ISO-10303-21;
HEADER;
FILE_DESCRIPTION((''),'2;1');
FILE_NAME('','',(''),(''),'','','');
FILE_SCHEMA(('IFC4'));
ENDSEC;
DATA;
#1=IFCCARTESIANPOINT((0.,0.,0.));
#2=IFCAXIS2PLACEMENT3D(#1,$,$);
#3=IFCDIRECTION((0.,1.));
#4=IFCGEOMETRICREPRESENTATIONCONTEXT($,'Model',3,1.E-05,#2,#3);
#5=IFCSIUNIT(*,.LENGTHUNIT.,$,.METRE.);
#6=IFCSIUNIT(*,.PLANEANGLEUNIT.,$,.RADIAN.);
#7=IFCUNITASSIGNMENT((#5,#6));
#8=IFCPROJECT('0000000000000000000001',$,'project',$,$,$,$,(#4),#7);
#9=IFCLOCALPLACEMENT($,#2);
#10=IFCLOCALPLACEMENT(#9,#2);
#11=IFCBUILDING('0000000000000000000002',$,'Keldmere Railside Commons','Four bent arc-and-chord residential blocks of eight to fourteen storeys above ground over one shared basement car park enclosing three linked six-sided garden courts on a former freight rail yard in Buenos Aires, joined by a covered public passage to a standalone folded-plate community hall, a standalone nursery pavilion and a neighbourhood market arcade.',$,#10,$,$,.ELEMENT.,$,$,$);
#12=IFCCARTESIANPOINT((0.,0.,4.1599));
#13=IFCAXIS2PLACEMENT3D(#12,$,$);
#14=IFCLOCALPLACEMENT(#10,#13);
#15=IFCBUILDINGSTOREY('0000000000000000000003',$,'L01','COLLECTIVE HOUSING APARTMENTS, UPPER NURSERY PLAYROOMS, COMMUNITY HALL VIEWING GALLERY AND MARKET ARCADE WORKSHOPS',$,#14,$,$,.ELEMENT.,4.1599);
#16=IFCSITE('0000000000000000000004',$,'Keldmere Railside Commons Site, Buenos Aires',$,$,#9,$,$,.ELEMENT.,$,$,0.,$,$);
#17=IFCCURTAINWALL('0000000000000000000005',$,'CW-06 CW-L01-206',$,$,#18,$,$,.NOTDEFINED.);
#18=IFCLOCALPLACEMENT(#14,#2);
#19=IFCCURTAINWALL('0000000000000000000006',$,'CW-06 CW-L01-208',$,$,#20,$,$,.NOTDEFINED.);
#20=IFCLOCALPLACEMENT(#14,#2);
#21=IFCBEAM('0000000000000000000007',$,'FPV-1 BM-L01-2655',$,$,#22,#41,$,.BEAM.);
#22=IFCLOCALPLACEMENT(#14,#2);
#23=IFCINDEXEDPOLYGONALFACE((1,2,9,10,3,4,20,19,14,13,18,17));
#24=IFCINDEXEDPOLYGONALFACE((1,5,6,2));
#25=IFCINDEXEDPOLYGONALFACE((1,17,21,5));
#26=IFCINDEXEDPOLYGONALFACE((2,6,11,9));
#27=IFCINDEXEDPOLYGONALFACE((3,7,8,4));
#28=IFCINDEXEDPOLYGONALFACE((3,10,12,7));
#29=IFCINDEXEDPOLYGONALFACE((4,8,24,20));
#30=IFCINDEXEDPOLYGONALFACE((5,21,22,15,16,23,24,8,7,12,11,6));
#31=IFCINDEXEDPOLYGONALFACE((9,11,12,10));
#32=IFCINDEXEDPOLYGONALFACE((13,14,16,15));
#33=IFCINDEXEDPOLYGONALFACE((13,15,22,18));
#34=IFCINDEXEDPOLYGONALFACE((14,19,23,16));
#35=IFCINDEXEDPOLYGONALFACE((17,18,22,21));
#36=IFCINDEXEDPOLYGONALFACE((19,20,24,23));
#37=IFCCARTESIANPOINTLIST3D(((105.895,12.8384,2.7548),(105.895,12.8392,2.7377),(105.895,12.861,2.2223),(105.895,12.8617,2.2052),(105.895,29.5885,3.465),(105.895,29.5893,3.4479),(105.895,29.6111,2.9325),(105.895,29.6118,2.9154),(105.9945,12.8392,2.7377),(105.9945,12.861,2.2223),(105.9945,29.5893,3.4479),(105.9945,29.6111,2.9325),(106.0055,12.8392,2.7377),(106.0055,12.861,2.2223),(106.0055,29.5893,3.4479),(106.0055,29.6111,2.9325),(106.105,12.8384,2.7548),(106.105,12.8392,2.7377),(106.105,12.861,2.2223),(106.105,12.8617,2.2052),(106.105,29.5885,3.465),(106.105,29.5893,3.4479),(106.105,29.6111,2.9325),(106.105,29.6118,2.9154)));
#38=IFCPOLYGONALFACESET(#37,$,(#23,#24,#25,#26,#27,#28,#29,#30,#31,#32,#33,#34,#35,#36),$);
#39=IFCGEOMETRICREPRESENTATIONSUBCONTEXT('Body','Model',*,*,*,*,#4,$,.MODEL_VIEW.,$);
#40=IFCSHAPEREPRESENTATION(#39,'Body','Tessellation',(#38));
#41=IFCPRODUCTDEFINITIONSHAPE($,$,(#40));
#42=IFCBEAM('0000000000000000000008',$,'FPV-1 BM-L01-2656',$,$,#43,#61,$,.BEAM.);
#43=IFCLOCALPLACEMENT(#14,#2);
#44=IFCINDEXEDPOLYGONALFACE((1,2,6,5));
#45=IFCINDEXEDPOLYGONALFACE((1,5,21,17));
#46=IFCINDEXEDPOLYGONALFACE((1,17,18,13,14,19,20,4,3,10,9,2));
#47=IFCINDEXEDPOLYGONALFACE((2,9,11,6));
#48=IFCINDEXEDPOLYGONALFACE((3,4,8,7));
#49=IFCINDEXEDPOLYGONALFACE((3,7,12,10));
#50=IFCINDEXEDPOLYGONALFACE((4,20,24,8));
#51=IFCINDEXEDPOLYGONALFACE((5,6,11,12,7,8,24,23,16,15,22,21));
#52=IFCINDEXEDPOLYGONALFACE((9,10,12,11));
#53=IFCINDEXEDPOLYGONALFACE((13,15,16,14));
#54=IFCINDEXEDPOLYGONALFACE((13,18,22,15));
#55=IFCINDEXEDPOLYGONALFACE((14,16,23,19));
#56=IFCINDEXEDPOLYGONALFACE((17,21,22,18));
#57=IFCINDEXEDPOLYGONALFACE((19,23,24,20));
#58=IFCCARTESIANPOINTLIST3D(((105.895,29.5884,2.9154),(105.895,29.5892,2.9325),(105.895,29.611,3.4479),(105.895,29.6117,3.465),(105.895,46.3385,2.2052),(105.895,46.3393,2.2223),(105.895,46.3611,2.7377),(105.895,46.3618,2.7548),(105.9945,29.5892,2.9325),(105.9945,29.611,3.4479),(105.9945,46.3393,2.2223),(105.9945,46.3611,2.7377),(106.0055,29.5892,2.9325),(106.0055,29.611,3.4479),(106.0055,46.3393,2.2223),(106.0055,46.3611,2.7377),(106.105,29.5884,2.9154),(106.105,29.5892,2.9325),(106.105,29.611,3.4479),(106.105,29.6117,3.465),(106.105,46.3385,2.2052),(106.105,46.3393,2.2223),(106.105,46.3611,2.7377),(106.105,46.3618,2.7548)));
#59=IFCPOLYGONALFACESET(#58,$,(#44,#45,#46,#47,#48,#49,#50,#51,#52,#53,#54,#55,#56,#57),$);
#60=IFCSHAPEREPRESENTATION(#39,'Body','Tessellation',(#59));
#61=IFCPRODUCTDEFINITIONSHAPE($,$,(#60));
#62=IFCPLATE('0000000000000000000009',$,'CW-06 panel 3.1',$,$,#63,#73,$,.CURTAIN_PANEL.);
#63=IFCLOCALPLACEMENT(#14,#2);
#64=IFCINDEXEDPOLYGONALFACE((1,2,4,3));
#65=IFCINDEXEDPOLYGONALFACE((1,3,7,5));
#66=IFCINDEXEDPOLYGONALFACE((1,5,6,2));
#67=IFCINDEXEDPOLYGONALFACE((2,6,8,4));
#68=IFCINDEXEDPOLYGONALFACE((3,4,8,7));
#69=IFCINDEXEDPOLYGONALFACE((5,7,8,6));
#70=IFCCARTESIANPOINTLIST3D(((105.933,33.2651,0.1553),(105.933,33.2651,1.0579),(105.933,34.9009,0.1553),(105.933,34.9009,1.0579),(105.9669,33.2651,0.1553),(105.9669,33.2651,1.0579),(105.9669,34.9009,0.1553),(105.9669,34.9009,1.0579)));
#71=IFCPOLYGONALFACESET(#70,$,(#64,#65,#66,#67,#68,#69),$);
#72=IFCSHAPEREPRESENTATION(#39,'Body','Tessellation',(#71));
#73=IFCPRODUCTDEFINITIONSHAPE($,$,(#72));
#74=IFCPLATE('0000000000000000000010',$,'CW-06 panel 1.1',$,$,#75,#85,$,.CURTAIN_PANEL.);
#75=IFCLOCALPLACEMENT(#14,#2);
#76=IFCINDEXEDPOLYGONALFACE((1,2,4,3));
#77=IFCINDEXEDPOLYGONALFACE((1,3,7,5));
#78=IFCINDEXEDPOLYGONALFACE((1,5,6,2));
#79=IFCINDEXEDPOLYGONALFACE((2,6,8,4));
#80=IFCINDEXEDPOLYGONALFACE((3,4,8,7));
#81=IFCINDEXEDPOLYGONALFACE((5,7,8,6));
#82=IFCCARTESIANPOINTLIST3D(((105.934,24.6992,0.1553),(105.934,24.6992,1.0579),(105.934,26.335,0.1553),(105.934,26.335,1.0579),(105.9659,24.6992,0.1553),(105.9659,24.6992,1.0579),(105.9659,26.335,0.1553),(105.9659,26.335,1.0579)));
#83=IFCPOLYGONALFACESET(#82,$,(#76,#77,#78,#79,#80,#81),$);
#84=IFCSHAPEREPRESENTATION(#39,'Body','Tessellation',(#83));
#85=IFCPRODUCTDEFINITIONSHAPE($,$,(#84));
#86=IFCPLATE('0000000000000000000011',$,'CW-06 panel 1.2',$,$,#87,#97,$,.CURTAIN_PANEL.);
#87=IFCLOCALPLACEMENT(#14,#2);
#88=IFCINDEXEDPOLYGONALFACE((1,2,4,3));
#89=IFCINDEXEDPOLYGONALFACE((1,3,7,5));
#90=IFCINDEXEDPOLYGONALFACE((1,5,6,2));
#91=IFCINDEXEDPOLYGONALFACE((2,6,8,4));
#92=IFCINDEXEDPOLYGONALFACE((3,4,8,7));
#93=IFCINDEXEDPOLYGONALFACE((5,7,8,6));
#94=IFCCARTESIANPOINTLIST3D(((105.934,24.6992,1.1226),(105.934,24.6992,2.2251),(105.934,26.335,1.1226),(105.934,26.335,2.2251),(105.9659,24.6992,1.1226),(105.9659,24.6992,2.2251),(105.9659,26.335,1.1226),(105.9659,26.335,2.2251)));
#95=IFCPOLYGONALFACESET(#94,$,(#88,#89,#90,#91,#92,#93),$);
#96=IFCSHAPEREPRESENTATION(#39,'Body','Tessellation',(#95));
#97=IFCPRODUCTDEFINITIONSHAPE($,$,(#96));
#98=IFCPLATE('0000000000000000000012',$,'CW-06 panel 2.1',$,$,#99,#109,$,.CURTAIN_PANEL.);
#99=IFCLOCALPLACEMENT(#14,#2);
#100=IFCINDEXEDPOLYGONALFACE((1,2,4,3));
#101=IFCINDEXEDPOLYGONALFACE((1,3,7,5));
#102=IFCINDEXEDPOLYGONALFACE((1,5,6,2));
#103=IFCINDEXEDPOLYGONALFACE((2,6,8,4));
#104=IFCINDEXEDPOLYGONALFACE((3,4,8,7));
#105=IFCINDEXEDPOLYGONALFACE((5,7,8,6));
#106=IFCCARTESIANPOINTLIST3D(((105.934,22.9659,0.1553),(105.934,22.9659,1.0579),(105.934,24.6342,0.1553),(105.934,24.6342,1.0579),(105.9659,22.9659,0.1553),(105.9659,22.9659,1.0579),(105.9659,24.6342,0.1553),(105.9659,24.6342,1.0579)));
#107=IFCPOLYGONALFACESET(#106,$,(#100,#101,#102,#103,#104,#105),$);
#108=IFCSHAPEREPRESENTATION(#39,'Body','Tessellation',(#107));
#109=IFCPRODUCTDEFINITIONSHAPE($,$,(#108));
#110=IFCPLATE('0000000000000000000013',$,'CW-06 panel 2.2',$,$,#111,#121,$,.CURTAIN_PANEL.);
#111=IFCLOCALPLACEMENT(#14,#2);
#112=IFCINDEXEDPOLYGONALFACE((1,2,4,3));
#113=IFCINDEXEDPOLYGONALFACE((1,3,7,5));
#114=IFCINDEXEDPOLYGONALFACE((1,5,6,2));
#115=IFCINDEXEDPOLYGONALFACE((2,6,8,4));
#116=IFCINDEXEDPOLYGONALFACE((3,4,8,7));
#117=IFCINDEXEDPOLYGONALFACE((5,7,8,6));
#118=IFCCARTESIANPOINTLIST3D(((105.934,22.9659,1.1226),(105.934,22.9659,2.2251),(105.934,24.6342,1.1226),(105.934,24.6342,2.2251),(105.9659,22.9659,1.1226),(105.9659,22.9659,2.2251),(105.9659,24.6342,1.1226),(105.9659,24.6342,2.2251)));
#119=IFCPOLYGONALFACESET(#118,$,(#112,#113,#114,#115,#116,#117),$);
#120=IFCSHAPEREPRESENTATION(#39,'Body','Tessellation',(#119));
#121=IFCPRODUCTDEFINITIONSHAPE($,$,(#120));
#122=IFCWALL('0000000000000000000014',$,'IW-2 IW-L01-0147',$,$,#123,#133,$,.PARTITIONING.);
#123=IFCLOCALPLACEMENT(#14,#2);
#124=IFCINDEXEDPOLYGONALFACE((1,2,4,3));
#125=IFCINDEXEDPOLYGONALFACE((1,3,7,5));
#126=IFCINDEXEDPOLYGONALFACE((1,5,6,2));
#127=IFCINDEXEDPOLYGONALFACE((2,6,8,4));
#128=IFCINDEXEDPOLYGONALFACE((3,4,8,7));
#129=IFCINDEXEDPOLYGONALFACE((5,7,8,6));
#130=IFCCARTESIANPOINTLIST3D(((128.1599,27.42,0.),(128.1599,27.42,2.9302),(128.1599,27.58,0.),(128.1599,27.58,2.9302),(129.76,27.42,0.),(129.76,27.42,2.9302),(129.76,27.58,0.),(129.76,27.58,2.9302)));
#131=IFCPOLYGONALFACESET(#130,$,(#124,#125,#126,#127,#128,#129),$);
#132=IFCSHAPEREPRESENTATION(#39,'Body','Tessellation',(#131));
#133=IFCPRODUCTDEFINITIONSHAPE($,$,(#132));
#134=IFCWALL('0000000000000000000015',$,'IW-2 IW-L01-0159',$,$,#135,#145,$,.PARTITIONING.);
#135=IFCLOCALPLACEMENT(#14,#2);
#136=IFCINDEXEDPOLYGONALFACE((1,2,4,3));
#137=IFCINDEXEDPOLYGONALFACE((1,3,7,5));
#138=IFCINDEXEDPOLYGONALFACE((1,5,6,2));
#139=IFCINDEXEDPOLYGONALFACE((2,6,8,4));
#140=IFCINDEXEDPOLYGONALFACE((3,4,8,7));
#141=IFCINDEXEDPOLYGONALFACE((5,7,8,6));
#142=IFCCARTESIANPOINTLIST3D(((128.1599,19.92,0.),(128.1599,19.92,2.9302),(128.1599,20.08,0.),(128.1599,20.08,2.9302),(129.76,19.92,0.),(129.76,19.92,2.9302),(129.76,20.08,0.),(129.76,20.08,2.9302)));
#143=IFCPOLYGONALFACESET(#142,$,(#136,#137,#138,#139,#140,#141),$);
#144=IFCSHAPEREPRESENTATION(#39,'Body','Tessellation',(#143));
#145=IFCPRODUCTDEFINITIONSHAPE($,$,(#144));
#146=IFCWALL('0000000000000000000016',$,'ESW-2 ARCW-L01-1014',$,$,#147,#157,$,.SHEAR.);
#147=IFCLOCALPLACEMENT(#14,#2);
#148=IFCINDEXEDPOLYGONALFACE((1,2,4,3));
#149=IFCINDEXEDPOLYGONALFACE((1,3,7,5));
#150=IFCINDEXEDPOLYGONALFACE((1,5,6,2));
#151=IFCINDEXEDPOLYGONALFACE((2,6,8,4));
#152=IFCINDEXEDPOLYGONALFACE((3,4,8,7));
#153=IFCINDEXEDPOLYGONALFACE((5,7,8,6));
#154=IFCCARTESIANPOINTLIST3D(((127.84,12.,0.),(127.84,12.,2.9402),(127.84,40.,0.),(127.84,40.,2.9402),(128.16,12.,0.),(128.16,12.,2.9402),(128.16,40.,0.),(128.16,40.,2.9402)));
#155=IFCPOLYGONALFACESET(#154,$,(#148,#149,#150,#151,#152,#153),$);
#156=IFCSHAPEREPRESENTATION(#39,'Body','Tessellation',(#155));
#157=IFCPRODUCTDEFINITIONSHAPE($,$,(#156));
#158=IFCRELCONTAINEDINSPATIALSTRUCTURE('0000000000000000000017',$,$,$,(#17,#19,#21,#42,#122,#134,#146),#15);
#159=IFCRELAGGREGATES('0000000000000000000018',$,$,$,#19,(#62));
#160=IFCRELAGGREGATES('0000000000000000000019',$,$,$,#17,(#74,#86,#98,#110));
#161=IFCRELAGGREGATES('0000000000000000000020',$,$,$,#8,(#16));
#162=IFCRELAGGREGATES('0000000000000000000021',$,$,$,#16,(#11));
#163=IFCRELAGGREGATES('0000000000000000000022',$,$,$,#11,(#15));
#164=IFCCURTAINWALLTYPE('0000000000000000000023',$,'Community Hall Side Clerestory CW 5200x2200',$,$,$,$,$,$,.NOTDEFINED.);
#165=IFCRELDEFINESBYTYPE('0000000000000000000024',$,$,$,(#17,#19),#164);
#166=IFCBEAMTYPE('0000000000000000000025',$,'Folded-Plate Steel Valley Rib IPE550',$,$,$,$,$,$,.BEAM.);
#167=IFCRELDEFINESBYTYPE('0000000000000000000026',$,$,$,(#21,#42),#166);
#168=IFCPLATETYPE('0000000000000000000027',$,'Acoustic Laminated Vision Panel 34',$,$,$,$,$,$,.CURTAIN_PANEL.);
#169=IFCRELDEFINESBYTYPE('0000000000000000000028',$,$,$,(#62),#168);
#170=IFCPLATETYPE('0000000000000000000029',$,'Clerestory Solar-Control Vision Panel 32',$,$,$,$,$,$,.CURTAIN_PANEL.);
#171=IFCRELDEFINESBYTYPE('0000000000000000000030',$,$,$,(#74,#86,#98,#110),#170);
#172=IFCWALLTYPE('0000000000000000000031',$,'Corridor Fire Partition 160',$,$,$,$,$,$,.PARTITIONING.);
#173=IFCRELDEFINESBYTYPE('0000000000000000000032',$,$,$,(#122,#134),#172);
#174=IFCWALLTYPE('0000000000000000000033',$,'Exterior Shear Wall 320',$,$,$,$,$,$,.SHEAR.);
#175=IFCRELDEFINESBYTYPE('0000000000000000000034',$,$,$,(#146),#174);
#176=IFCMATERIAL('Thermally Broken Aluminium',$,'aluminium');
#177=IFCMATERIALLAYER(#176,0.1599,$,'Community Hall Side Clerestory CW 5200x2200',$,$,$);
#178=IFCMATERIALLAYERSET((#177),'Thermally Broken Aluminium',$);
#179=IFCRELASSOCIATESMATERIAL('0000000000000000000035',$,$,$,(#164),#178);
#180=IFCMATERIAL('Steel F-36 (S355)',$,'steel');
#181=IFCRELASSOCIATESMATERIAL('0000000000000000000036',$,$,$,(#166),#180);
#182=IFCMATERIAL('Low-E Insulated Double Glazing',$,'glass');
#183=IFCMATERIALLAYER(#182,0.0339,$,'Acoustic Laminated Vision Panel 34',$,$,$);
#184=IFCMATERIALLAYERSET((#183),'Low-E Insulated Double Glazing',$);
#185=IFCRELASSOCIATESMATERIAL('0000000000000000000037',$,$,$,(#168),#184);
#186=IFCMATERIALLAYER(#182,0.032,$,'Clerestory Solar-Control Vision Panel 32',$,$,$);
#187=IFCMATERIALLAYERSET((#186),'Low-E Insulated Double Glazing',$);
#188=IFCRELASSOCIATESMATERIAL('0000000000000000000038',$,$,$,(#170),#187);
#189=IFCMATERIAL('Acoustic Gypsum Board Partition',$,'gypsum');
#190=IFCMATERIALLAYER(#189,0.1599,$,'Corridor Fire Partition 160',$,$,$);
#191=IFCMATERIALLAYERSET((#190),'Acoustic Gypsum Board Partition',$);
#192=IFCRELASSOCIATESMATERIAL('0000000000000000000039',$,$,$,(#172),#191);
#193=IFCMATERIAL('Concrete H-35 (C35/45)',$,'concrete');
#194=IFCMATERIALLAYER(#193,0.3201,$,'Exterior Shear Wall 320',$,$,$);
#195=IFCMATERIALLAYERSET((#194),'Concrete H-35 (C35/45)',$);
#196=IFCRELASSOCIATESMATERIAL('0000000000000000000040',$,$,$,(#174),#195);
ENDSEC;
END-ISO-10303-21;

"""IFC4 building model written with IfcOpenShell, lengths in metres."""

from ifc_helpers import new_model, si_unit, direction, frame, frame_2d, origin, origin_2d, place, context, subcontext, project, spatial, rectangle, i_section, extrude, material, layer, layer_set, material_profile, profile_set, type_object, element, aggregate, save


model = new_model("IFC4")

# Units and contexts
model_context = context("Model", 3, precision=1e-05, world=origin(), true_north=direction((0.0, 1.0)))
body_context = subcontext(model_context, "Body", "Model", "MODEL_VIEW")
ifc_project = project(units=[si_unit("LENGTHUNIT", "METRE"), si_unit("PLANEANGLEUNIT", "RADIAN")], contexts=[model_context])

# Site, building, storey
site_placement = place(None, origin())
site = spatial("IfcSite", under=ifc_project, at=site_placement, Name="Keldmere Railside Commons Site, Buenos Aires", CompositionType="ELEMENT", RefElevation=0.0)
building_placement = place(site_placement, origin())
building = spatial("IfcBuilding", under=site, at=building_placement, Name="Keldmere Railside Commons", Description="Four bent arc-and-chord residential blocks of eight to fourteen storeys above ground over one shared basement car park enclosing three linked six-sided garden courts on a former freight rail yard in Buenos Aires, joined by a covered public passage to a standalone folded-plate community hall, a standalone nursery pavilion and a neighbourhood market arcade.", CompositionType="ELEMENT")
storey_placement = place(building_placement, frame((0.0, 0.0, 4.1599)))
storey = spatial("IfcBuildingStorey", under=building, at=storey_placement, Name="L01", Description="COLLECTIVE HOUSING APARTMENTS, UPPER NURSERY PLAYROOMS, COMMUNITY HALL VIEWING GALLERY AND MARKET ARCADE WORKSHOPS", CompositionType="ELEMENT", Elevation=4.1599)

# Curtain wall
ifc_material_1 = material(Name="Thermally Broken Aluminium", Category="aluminium")
ifc_layer_1 = layer(ifc_material_1, 0.1599, Name="Community Hall Side Clerestory CW 5200x2200")
ifc_layer_set_1 = layer_set([ifc_layer_1], Name="Thermally Broken Aluminium")
curtain_wall_type = type_object("IfcCurtainWallType", Name="Community Hall Side Clerestory CW 5200x2200", PredefinedType="NOTDEFINED", material=ifc_layer_set_1)
curtain_wall_1_placement = place(storey_placement, origin())
curtain_wall_1 = element("IfcCurtainWall", 1, at=curtain_wall_1_placement, inside=storey, type_object=curtain_wall_type, Name="CW-06 CW-L01-206", PredefinedType="NOTDEFINED")

# Curtain wall
curtain_wall_2_placement = place(storey_placement, origin())
curtain_wall_2 = element("IfcCurtainWall", 2, at=curtain_wall_2_placement, inside=storey, type_object=curtain_wall_type, Name="CW-06 CW-L01-208", PredefinedType="NOTDEFINED")

# Beams
ifc_material_2 = material(Name="Steel F-36 (S355)", Category="steel")
ifc_material_profile_1 = material_profile(ifc_material_2, i_section(OverallWidth=0.21, OverallDepth=0.55, WebThickness=0.011, FlangeThickness=0.0171, at=origin_2d()), Name="IPE-550")
ifc_profile_set_1 = profile_set([ifc_material_profile_1], Name="Steel F-36 (S355)")
beam_type = type_object("IfcBeamType", Name="Folded-Plate Steel Valley Rib IPE550", PredefinedType="BEAM", material=ifc_profile_set_1)
for number, where, z_axis, x_axis, name in (
    (3, (106.0, 12.8501, 2.48), (0.0, 0.999102, 0.042362), (-1.0, 0.0, 0.0), "FPV-1 BM-L01-2655"),
    (4, (106.0, 29.6001, 3.1902), (0.0, 0.999102, -0.042362), (-1.0, 0.0, 0.0), "FPV-1 BM-L01-2656"),
):
    element("IfcBeam", number, at=place(storey_placement, frame(where, z_axis=z_axis, x_axis=x_axis)), inside=storey, type_object=beam_type, Name=name, PredefinedType="BEAM", context=body_context, shape_type="SweptSolid", body=[
        extrude(i_section(OverallWidth=0.21, OverallDepth=0.55, WebThickness=0.011, FlangeThickness=0.0171, at=origin_2d()), origin(), (0.0, 0.0, 1.0), 16.7651),
    ])

# Plates
ifc_material_3 = material(Name="Low-E Insulated Double Glazing", Category="glass")
ifc_layer_2 = layer(ifc_material_3, 0.0339, Name="Acoustic Laminated Vision Panel 34")
ifc_layer_set_2 = layer_set([ifc_layer_2], Name="Low-E Insulated Double Glazing")
plate_type_1 = type_object("IfcPlateType", Name="Acoustic Laminated Vision Panel 34", PredefinedType="CURTAIN_PANEL", material=ifc_layer_set_2)
plate_1_placement = place(storey_placement, frame((105.95, 34.083, 0.1553), z_axis=(0.0, 0.0, 1.0), x_axis=(0.0, -1.0, 0.0)))
plate_1 = element("IfcPlate", 5, at=plate_1_placement, type_object=plate_type_1, Name="CW-06 panel 3.1", PredefinedType="CURTAIN_PANEL", context=body_context, shape_type="SweptSolid", body=[
    extrude(rectangle(XDim=1.6357, YDim=0.0339, at=origin_2d()), origin(), (0.0, 0.0, 1.0), 0.9026),
])
aggregate(curtain_wall_2, [plate_1])
ifc_layer_3 = layer(ifc_material_3, 0.032, Name="Clerestory Solar-Control Vision Panel 32")
ifc_layer_set_3 = layer_set([ifc_layer_3], Name="Low-E Insulated Double Glazing")
plate_type_2 = type_object("IfcPlateType", Name="Clerestory Solar-Control Vision Panel 32", PredefinedType="CURTAIN_PANEL", material=ifc_layer_set_3)
plate_2_placement = place(storey_placement, frame((105.95, 25.5171, 0.1553), z_axis=(0.0, 0.0, 1.0), x_axis=(0.0, -1.0, 0.0)))
plate_2 = element("IfcPlate", 6, at=plate_2_placement, type_object=plate_type_2, Name="CW-06 panel 1.1", PredefinedType="CURTAIN_PANEL", context=body_context, shape_type="SweptSolid", body=[
    extrude(rectangle(XDim=1.6357, YDim=0.032, at=origin_2d()), origin(), (0.0, 0.0, 1.0), 0.9026),
])
plate_3_placement = place(storey_placement, frame((105.95, 25.5171, 1.1226), z_axis=(0.0, 0.0, 1.0), x_axis=(0.0, -1.0, 0.0)))
plate_3 = element("IfcPlate", 7, at=plate_3_placement, type_object=plate_type_2, Name="CW-06 panel 1.2", PredefinedType="CURTAIN_PANEL", context=body_context, shape_type="SweptSolid", body=[
    extrude(rectangle(XDim=1.6357, YDim=0.032, at=origin_2d()), origin(), (0.0, 0.0, 1.0), 1.1025),
])
plate_4_placement = place(storey_placement, frame((105.95, 23.8, 0.1553), z_axis=(0.0, 0.0, 1.0), x_axis=(0.0, -1.0, 0.0)))
plate_4 = element("IfcPlate", 8, at=plate_4_placement, type_object=plate_type_2, Name="CW-06 panel 2.1", PredefinedType="CURTAIN_PANEL", context=body_context, shape_type="SweptSolid", body=[
    extrude(rectangle(XDim=1.6682, YDim=0.032, at=origin_2d()), origin(), (0.0, 0.0, 1.0), 0.9026),
])
plate_5_placement = place(storey_placement, frame((105.95, 23.8, 1.1226), z_axis=(0.0, 0.0, 1.0), x_axis=(0.0, -1.0, 0.0)))
plate_5 = element("IfcPlate", 9, at=plate_5_placement, type_object=plate_type_2, Name="CW-06 panel 2.2", PredefinedType="CURTAIN_PANEL", context=body_context, shape_type="SweptSolid", body=[
    extrude(rectangle(XDim=1.6682, YDim=0.032, at=origin_2d()), origin(), (0.0, 0.0, 1.0), 1.1025),
])
aggregate(curtain_wall_1, [plate_2, plate_3, plate_4, plate_5])

# Walls
ifc_material_4 = material(Name="Acoustic Gypsum Board Partition", Category="gypsum")
ifc_layer_4 = layer(ifc_material_4, 0.1599, Name="Corridor Fire Partition 160")
ifc_layer_set_4 = layer_set([ifc_layer_4], Name="Acoustic Gypsum Board Partition")
wall_type_1 = type_object("IfcWallType", Name="Corridor Fire Partition 160", PredefinedType="PARTITIONING", material=ifc_layer_set_4)
for number, where, z_axis, x_axis, name in (
    (10, (128.1599, 27.5, 0.0), (0.0, 0.0, 1.0), (1.0, 0.0, 0.0), "IW-2 IW-L01-0147"),
    (11, (128.1599, 20.0, 0.0), (0.0, 0.0, 1.0), (1.0, 0.0, 0.0), "IW-2 IW-L01-0159"),
):
    element("IfcWall", number, at=place(storey_placement, frame(where, z_axis=z_axis, x_axis=x_axis)), inside=storey, type_object=wall_type_1, Name=name, PredefinedType="PARTITIONING", context=body_context, shape_type="SweptSolid", body=[
        extrude(rectangle(XDim=1.6001, YDim=0.1599, at=frame_2d((0.8, 0.0))), origin(), (0.0, 0.0, 1.0), 2.9302),
    ])
ifc_material_5 = material(Name="Concrete H-35 (C35/45)", Category="concrete")
ifc_layer_5 = layer(ifc_material_5, 0.3201, Name="Exterior Shear Wall 320")
ifc_layer_set_5 = layer_set([ifc_layer_5], Name="Concrete H-35 (C35/45)")
wall_type_2 = type_object("IfcWallType", Name="Exterior Shear Wall 320", PredefinedType="SHEAR", material=ifc_layer_set_5)
wall_placement = place(storey_placement, frame((128.0, 12.0, 0.0), z_axis=(0.0, 0.0, 1.0), x_axis=(0.0, 1.0, 0.0)))
element("IfcWall", 12, at=wall_placement, inside=storey, type_object=wall_type_2, Name="ESW-2 ARCW-L01-1014", PredefinedType="SHEAR", context=body_context, shape_type="SweptSolid", body=[
    extrude(rectangle(XDim=28.0, YDim=0.3201, at=frame_2d((14.0, 0.0))), origin(), (0.0, 0.0, 1.0), 2.9402),
])

save(model, "model.ifc")
